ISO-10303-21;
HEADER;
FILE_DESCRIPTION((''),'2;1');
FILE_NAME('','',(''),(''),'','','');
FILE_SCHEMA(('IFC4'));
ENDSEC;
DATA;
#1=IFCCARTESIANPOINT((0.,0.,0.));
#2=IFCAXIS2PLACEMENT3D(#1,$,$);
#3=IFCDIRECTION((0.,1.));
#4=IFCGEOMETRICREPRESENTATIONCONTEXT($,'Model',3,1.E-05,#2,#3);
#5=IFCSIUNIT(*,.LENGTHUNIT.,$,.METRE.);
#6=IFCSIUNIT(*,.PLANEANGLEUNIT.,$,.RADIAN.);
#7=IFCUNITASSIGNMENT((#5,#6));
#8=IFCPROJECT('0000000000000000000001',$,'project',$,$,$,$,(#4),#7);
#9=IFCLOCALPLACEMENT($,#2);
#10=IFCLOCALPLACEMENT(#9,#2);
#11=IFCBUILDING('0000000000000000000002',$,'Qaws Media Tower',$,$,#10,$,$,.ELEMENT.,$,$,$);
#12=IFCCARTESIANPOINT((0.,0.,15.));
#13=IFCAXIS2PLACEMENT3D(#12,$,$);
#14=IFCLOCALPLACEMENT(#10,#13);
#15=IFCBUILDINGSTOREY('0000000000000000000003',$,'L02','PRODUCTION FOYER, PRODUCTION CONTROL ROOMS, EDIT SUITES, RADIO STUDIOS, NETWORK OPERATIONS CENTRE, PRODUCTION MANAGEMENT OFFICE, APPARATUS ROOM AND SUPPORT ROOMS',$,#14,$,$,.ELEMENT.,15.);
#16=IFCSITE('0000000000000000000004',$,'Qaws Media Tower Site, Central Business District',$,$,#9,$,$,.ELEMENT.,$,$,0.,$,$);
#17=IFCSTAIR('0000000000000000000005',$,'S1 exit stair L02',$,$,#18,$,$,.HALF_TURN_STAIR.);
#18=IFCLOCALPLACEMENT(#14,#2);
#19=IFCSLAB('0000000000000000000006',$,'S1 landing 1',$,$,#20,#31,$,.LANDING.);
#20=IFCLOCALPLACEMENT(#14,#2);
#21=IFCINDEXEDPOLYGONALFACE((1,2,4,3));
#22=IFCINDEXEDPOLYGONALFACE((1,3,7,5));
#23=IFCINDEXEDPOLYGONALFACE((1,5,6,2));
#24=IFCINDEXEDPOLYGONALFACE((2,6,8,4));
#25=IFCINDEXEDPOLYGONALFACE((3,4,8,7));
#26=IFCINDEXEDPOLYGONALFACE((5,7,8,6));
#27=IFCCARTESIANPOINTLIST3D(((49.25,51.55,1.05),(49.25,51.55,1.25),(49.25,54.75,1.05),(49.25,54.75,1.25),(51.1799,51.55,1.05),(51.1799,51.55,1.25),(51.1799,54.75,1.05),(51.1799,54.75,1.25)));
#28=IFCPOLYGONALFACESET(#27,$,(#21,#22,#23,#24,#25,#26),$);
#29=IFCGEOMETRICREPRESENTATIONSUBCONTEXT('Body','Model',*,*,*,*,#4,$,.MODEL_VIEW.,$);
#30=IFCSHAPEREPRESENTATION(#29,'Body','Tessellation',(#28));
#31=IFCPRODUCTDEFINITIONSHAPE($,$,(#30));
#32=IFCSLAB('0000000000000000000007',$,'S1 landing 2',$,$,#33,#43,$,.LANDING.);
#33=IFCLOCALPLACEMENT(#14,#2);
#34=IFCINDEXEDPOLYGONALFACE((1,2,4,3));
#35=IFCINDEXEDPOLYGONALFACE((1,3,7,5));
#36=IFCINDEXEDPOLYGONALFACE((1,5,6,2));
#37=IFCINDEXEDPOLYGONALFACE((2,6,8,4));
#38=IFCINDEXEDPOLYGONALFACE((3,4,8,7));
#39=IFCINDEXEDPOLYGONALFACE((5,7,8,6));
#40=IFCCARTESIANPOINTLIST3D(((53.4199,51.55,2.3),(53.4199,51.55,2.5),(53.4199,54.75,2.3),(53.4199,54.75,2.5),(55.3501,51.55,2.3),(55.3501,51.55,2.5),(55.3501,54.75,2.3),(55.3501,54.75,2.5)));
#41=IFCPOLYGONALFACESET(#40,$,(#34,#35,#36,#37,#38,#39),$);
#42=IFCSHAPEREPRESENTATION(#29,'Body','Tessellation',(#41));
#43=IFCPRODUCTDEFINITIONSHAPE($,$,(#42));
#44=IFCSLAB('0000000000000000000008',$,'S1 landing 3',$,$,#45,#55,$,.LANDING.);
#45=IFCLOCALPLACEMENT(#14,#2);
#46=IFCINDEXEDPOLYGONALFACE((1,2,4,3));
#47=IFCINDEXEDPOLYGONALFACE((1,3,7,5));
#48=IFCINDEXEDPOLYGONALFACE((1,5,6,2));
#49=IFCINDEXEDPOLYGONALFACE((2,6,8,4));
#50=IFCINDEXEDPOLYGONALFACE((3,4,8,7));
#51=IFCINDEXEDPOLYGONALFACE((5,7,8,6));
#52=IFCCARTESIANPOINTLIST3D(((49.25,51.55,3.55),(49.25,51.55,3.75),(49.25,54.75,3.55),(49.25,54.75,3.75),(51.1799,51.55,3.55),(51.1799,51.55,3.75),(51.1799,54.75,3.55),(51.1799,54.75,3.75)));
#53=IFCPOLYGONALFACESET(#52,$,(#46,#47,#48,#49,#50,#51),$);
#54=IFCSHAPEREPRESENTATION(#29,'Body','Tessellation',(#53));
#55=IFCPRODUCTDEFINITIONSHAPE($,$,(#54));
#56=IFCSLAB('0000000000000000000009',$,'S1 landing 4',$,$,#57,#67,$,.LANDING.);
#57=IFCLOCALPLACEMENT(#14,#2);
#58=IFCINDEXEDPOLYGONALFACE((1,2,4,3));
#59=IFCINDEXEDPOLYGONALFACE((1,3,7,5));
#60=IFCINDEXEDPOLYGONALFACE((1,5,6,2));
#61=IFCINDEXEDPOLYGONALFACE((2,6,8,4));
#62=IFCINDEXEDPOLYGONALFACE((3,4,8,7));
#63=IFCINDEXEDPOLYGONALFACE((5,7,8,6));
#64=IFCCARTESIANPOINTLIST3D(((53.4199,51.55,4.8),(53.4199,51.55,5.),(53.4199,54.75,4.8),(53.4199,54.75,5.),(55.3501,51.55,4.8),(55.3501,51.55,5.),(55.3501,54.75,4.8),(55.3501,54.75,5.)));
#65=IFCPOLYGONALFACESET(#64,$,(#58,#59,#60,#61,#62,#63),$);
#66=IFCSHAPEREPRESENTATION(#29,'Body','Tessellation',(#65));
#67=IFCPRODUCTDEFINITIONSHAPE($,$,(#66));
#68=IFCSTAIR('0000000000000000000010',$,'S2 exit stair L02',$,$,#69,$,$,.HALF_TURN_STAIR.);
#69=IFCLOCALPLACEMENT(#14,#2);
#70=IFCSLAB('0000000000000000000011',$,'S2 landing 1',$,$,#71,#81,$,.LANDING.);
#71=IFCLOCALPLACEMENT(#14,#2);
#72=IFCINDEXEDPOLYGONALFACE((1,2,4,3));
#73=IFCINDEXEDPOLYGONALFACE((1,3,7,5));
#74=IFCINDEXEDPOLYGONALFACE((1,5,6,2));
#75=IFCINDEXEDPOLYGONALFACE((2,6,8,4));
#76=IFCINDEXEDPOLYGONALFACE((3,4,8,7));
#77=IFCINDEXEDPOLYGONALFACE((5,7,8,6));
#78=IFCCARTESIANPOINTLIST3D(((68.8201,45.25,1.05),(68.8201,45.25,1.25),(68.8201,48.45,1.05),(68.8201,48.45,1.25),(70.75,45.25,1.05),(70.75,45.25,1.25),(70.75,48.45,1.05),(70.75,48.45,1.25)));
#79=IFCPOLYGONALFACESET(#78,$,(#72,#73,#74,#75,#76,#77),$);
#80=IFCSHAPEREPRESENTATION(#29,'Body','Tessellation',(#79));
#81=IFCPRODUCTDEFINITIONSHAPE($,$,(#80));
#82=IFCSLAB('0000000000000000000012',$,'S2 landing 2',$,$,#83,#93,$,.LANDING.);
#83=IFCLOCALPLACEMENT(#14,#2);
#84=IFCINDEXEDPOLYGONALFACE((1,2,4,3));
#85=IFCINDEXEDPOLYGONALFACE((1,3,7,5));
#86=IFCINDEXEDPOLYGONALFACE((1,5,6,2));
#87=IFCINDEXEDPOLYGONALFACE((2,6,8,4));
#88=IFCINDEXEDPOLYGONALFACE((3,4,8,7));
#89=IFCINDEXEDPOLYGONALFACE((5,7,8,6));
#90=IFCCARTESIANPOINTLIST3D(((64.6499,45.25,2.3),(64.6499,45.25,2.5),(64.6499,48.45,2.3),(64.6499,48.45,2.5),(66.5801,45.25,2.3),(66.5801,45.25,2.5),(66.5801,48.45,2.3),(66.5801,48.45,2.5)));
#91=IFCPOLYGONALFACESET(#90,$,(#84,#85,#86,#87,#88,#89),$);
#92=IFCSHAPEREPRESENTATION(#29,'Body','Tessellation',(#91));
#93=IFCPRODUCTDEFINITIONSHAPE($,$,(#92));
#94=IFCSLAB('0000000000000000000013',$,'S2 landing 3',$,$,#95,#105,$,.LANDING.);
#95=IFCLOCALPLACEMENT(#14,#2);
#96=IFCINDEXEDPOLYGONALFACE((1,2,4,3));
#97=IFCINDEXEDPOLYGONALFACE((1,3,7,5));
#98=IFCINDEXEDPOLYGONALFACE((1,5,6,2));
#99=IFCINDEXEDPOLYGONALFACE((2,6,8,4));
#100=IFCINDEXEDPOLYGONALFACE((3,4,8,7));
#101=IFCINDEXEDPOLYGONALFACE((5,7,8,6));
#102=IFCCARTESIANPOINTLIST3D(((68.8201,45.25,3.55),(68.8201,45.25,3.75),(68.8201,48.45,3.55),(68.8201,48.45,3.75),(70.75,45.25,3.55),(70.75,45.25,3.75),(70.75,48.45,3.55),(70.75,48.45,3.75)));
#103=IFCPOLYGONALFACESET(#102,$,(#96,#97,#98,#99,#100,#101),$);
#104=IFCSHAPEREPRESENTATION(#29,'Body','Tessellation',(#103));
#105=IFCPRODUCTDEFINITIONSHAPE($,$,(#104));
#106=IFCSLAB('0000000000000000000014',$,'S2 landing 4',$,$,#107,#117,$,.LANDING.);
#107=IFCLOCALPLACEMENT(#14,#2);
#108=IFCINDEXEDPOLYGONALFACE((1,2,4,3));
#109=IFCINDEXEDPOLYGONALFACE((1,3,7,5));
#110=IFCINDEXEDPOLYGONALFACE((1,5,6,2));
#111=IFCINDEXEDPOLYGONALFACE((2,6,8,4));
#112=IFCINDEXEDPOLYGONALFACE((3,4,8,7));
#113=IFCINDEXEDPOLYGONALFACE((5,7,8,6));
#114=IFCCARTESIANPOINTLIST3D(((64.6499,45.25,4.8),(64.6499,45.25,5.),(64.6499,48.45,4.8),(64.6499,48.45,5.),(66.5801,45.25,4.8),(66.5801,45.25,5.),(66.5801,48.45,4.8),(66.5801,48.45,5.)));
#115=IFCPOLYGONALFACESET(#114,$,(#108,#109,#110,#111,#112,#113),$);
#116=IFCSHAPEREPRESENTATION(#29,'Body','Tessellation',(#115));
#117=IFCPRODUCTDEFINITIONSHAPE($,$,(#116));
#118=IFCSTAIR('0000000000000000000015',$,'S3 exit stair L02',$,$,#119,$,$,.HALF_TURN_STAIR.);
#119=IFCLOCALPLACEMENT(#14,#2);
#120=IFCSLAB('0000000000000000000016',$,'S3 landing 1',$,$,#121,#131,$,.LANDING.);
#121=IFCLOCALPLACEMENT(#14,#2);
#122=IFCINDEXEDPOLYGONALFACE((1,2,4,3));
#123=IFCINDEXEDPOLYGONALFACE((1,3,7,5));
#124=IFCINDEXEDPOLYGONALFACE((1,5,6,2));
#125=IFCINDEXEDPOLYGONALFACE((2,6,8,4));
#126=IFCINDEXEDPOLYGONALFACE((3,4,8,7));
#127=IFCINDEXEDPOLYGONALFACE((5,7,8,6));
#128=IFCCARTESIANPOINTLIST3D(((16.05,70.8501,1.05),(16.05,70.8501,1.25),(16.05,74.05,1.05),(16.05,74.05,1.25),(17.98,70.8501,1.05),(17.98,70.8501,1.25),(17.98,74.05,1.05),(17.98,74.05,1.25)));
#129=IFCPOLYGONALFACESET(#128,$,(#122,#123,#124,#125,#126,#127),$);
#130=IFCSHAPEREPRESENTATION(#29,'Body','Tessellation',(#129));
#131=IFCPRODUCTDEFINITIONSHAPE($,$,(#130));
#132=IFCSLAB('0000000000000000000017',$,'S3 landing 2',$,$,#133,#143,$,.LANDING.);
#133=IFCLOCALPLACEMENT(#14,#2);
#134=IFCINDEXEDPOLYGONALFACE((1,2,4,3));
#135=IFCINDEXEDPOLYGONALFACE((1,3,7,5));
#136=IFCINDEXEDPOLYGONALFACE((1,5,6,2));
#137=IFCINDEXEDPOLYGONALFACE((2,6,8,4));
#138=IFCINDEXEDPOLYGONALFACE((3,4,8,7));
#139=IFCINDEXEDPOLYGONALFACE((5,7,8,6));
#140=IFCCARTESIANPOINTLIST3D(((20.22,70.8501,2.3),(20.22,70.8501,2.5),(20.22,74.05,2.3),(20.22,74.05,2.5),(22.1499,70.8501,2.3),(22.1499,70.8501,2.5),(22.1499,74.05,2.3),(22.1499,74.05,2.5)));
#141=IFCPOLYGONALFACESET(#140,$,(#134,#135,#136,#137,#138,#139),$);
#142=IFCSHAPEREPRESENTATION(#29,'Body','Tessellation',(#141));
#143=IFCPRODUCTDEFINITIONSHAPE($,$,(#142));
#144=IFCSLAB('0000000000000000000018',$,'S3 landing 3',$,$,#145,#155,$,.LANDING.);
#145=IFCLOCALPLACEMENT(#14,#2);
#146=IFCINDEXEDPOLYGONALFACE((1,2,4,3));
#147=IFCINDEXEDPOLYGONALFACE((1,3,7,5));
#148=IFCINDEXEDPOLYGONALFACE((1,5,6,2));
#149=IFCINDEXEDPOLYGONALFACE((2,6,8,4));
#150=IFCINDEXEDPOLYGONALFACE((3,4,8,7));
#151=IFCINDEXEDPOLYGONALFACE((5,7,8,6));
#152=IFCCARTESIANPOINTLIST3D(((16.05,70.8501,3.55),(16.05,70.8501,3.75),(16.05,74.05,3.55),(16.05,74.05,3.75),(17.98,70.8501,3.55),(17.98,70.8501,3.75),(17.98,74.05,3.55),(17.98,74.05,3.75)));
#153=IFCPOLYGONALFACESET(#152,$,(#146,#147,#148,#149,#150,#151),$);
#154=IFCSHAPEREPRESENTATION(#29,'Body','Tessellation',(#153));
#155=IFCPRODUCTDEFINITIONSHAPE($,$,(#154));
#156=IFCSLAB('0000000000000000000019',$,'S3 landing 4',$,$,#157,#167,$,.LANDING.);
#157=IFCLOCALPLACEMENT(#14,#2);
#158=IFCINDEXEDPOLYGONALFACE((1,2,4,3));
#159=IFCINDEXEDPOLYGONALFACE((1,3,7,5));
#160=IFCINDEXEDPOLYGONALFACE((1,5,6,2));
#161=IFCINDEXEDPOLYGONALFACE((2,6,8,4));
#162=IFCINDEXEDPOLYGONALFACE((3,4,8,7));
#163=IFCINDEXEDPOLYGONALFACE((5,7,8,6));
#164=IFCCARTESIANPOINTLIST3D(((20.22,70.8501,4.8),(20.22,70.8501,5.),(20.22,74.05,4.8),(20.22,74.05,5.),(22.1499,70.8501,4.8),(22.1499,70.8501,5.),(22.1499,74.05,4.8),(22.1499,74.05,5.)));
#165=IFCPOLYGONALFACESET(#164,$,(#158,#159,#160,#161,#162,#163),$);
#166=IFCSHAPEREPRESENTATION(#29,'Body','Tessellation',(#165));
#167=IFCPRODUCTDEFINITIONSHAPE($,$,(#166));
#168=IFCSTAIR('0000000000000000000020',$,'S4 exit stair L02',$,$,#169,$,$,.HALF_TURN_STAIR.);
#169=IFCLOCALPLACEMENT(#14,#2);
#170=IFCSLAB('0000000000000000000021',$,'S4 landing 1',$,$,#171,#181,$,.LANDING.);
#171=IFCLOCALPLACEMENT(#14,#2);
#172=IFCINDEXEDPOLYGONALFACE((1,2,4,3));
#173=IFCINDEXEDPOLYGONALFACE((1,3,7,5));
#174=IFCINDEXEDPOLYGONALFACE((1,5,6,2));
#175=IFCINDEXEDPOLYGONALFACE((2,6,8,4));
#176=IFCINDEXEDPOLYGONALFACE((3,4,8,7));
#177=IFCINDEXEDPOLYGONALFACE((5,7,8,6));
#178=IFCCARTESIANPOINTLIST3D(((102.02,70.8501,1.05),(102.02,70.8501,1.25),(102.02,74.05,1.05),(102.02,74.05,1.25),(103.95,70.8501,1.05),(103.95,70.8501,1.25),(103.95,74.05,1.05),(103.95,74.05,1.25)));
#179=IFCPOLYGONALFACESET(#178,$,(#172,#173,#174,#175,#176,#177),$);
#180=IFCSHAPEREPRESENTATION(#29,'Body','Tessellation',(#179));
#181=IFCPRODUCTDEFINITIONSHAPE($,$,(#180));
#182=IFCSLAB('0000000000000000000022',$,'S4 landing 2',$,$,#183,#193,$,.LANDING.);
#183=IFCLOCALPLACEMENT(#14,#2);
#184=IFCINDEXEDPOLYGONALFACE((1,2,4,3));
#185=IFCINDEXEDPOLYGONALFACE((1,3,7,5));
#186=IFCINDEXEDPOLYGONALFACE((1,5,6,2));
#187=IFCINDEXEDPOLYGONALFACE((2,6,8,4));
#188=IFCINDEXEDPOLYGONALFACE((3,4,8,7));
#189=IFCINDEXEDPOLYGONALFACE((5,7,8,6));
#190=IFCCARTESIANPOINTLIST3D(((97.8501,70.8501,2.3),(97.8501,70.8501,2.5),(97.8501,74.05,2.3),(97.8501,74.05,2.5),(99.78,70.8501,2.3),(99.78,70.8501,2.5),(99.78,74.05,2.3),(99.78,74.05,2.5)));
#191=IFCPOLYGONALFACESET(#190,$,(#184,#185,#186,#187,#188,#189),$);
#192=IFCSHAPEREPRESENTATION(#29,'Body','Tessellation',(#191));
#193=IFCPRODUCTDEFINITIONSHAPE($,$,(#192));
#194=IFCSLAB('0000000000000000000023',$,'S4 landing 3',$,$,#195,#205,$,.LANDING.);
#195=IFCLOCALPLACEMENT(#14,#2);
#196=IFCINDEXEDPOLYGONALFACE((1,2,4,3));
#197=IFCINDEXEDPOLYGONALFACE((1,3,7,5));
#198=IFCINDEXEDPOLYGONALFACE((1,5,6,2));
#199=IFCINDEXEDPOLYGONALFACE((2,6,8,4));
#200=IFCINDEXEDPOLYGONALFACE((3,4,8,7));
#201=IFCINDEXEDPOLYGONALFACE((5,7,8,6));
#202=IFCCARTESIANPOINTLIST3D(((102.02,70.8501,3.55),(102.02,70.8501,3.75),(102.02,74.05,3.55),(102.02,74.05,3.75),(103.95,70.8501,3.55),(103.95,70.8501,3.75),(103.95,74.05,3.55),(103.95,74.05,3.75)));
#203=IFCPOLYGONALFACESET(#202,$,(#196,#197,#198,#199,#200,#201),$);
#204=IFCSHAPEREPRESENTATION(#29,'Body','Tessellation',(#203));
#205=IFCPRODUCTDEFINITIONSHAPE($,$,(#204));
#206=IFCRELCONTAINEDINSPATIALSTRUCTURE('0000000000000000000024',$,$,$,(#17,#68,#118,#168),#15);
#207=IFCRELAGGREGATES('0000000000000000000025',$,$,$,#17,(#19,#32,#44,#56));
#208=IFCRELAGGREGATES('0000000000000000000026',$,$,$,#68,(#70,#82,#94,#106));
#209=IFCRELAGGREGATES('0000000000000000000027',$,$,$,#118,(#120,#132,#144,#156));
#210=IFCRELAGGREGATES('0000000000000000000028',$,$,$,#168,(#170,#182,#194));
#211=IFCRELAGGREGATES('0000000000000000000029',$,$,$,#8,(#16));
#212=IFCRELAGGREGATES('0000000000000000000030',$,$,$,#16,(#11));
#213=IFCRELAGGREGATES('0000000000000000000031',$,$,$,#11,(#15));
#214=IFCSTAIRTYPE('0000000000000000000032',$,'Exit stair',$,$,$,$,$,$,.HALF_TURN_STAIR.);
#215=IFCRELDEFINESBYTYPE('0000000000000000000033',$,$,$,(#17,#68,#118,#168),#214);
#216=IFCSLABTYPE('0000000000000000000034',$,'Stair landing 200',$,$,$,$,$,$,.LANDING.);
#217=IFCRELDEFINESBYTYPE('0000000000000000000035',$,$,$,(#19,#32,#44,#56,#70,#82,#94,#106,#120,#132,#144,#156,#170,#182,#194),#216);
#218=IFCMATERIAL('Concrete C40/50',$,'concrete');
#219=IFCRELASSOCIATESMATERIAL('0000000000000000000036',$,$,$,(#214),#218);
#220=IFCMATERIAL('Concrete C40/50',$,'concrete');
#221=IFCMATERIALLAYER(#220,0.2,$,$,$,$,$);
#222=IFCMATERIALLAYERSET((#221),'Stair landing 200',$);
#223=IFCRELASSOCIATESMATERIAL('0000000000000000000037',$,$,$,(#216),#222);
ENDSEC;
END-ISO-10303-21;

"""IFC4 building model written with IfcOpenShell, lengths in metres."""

from ifc_helpers import new_model, si_unit, direction, frame, origin, place, context, subcontext, project, spatial, polyline, outline, extrude, material, layer, layer_set, type_object, element, aggregate, save


model = new_model("IFC4")

# Units and contexts
model_context = context("Model", 3, precision=1e-05, world=origin(), true_north=direction((0.0, 1.0)))
body_context = subcontext(model_context, "Body", "Model", "MODEL_VIEW")
ifc_project = project(units=[si_unit("LENGTHUNIT", "METRE"), si_unit("PLANEANGLEUNIT", "RADIAN")], contexts=[model_context])

# Site, building, storey
site_placement = place(None, origin())
site = spatial("IfcSite", under=ifc_project, at=site_placement, Name="Qaws Media Tower Site, Central Business District", CompositionType="ELEMENT", RefElevation=0.0)
building_placement = place(site_placement, origin())
building = spatial("IfcBuilding", under=site, at=building_placement, Name="Qaws Media Tower", CompositionType="ELEMENT")
storey_placement = place(building_placement, frame((0.0, 0.0, 15.0)))
storey = spatial("IfcBuildingStorey", under=building, at=storey_placement, Name="L02", Description="PRODUCTION FOYER, PRODUCTION CONTROL ROOMS, EDIT SUITES, RADIO STUDIOS, NETWORK OPERATIONS CENTRE, PRODUCTION MANAGEMENT OFFICE, APPARATUS ROOM AND SUPPORT ROOMS", CompositionType="ELEMENT", Elevation=15.0)

# Stairs, slabs
ifc_material_1 = material(Name="Concrete C40/50", Category="concrete")
stair_type = type_object("IfcStairType", Name="Exit stair", PredefinedType="HALF_TURN_STAIR", material=ifc_material_1)
stair_1_placement = place(storey_placement, origin())
stair_1 = element("IfcStair", 1, at=stair_1_placement, inside=storey, type_object=stair_type, Name="S1 exit stair L02", PredefinedType="HALF_TURN_STAIR")
ifc_material_2 = material(Name="Concrete C40/50", Category="concrete")
ifc_layer_1 = layer(ifc_material_2, 0.2)
ifc_layer_set_1 = layer_set([ifc_layer_1], Name="Stair landing 200")
slab_type = type_object("IfcSlabType", Name="Stair landing 200", PredefinedType="LANDING", material=ifc_layer_set_1)
slab_1_placement = place(storey_placement, frame((0.0, 0.0, 1.05)))
slab_1 = element("IfcSlab", 2, at=slab_1_placement, type_object=slab_type, Name="S1 landing 1", PredefinedType="LANDING", context=body_context, shape_type="SweptSolid", body=[
    extrude(outline(polyline([(49.25, 51.55), (51.1799, 51.55), (51.1799, 54.75), (49.25, 54.75), (49.25, 51.55)])), origin(), (0.0, 0.0, 1.0), 0.2),
])
slab_2_placement = place(storey_placement, frame((0.0, 0.0, 2.3)))
slab_2 = element("IfcSlab", 3, at=slab_2_placement, type_object=slab_type, Name="S1 landing 2", PredefinedType="LANDING", context=body_context, shape_type="SweptSolid", body=[
    extrude(outline(polyline([(53.4199, 51.55), (55.3501, 51.55), (55.3501, 54.75), (53.4199, 54.75), (53.4199, 51.55)])), origin(), (0.0, 0.0, 1.0), 0.2),
])
slab_3_placement = place(storey_placement, frame((0.0, 0.0, 3.55)))
slab_3 = element("IfcSlab", 4, at=slab_3_placement, type_object=slab_type, Name="S1 landing 3", PredefinedType="LANDING", context=body_context, shape_type="SweptSolid", body=[
    extrude(outline(polyline([(49.25, 51.55), (51.1799, 51.55), (51.1799, 54.75), (49.25, 54.75), (49.25, 51.55)])), origin(), (0.0, 0.0, 1.0), 0.2),
])
slab_4_placement = place(storey_placement, frame((0.0, 0.0, 4.8)))
slab_4 = element("IfcSlab", 5, at=slab_4_placement, type_object=slab_type, Name="S1 landing 4", PredefinedType="LANDING", context=body_context, shape_type="SweptSolid", body=[
    extrude(outline(polyline([(53.4199, 51.55), (55.3501, 51.55), (55.3501, 54.75), (53.4199, 54.75), (53.4199, 51.55)])), origin(), (0.0, 0.0, 1.0), 0.2),
])
aggregate(stair_1, [slab_1, slab_2, slab_3, slab_4])
stair_2_placement = place(storey_placement, origin())
stair_2 = element("IfcStair", 6, at=stair_2_placement, inside=storey, type_object=stair_type, Name="S2 exit stair L02", PredefinedType="HALF_TURN_STAIR")
slab_5_placement = place(storey_placement, frame((0.0, 0.0, 1.05)))
slab_5 = element("IfcSlab", 7, at=slab_5_placement, type_object=slab_type, Name="S2 landing 1", PredefinedType="LANDING", context=body_context, shape_type="SweptSolid", body=[
    extrude(outline(polyline([(68.8201, 45.25), (70.75, 45.25), (70.75, 48.45), (68.8201, 48.45), (68.8201, 45.25)])), origin(), (0.0, 0.0, 1.0), 0.2),
])
slab_6_placement = place(storey_placement, frame((0.0, 0.0, 2.3)))
slab_6 = element("IfcSlab", 8, at=slab_6_placement, type_object=slab_type, Name="S2 landing 2", PredefinedType="LANDING", context=body_context, shape_type="SweptSolid", body=[
    extrude(outline(polyline([(64.6499, 45.25), (66.5801, 45.25), (66.5801, 48.45), (64.6499, 48.45), (64.6499, 45.25)])), origin(), (0.0, 0.0, 1.0), 0.2),
])
slab_7_placement = place(storey_placement, frame((0.0, 0.0, 3.55)))
slab_7 = element("IfcSlab", 9, at=slab_7_placement, type_object=slab_type, Name="S2 landing 3", PredefinedType="LANDING", context=body_context, shape_type="SweptSolid", body=[
    extrude(outline(polyline([(68.8201, 45.25), (70.75, 45.25), (70.75, 48.45), (68.8201, 48.45), (68.8201, 45.25)])), origin(), (0.0, 0.0, 1.0), 0.2),
])
slab_8_placement = place(storey_placement, frame((0.0, 0.0, 4.8)))
slab_8 = element("IfcSlab", 10, at=slab_8_placement, type_object=slab_type, Name="S2 landing 4", PredefinedType="LANDING", context=body_context, shape_type="SweptSolid", body=[
    extrude(outline(polyline([(64.6499, 45.25), (66.5801, 45.25), (66.5801, 48.45), (64.6499, 48.45), (64.6499, 45.25)])), origin(), (0.0, 0.0, 1.0), 0.2),
])
aggregate(stair_2, [slab_5, slab_6, slab_7, slab_8])
stair_3_placement = place(storey_placement, origin())
stair_3 = element("IfcStair", 11, at=stair_3_placement, inside=storey, type_object=stair_type, Name="S3 exit stair L02", PredefinedType="HALF_TURN_STAIR")
slab_9_placement = place(storey_placement, frame((0.0, 0.0, 1.05)))
slab_9 = element("IfcSlab", 12, at=slab_9_placement, type_object=slab_type, Name="S3 landing 1", PredefinedType="LANDING", context=body_context, shape_type="SweptSolid", body=[
    extrude(outline(polyline([(16.05, 70.8501), (17.98, 70.8501), (17.98, 74.05), (16.05, 74.05), (16.05, 70.8501)])), origin(), (0.0, 0.0, 1.0), 0.2),
])
slab_10_placement = place(storey_placement, frame((0.0, 0.0, 2.3)))
slab_10 = element("IfcSlab", 13, at=slab_10_placement, type_object=slab_type, Name="S3 landing 2", PredefinedType="LANDING", context=body_context, shape_type="SweptSolid", body=[
    extrude(outline(polyline([(20.22, 70.8501), (22.1499, 70.8501), (22.1499, 74.05), (20.22, 74.05), (20.22, 70.8501)])), origin(), (0.0, 0.0, 1.0), 0.2),
])
slab_11_placement = place(storey_placement, frame((0.0, 0.0, 3.55)))
slab_11 = element("IfcSlab", 14, at=slab_11_placement, type_object=slab_type, Name="S3 landing 3", PredefinedType="LANDING", context=body_context, shape_type="SweptSolid", body=[
    extrude(outline(polyline([(16.05, 70.8501), (17.98, 70.8501), (17.98, 74.05), (16.05, 74.05), (16.05, 70.8501)])), origin(), (0.0, 0.0, 1.0), 0.2),
])
slab_12_placement = place(storey_placement, frame((0.0, 0.0, 4.8)))
slab_12 = element("IfcSlab", 15, at=slab_12_placement, type_object=slab_type, Name="S3 landing 4", PredefinedType="LANDING", context=body_context, shape_type="SweptSolid", body=[
    extrude(outline(polyline([(20.22, 70.8501), (22.1499, 70.8501), (22.1499, 74.05), (20.22, 74.05), (20.22, 70.8501)])), origin(), (0.0, 0.0, 1.0), 0.2),
])
aggregate(stair_3, [slab_9, slab_10, slab_11, slab_12])
stair_4_placement = place(storey_placement, origin())
stair_4 = element("IfcStair", 16, at=stair_4_placement, inside=storey, type_object=stair_type, Name="S4 exit stair L02", PredefinedType="HALF_TURN_STAIR")
slab_13_placement = place(storey_placement, frame((0.0, 0.0, 1.05)))
slab_13 = element("IfcSlab", 17, at=slab_13_placement, type_object=slab_type, Name="S4 landing 1", PredefinedType="LANDING", context=body_context, shape_type="SweptSolid", body=[
    extrude(outline(polyline([(102.02, 70.8501), (103.95, 70.8501), (103.95, 74.05), (102.02, 74.05), (102.02, 70.8501)])), origin(), (0.0, 0.0, 1.0), 0.2),
])
slab_14_placement = place(storey_placement, frame((0.0, 0.0, 2.3)))
slab_14 = element("IfcSlab", 18, at=slab_14_placement, type_object=slab_type, Name="S4 landing 2", PredefinedType="LANDING", context=body_context, shape_type="SweptSolid", body=[
    extrude(outline(polyline([(97.8501, 70.8501), (99.78, 70.8501), (99.78, 74.05), (97.8501, 74.05), (97.8501, 70.8501)])), origin(), (0.0, 0.0, 1.0), 0.2),
])
slab_15_placement = place(storey_placement, frame((0.0, 0.0, 3.55)))
slab_15 = element("IfcSlab", 19, at=slab_15_placement, type_object=slab_type, Name="S4 landing 3", PredefinedType="LANDING", context=body_context, shape_type="SweptSolid", body=[
    extrude(outline(polyline([(102.02, 70.8501), (103.95, 70.8501), (103.95, 74.05), (102.02, 74.05), (102.02, 70.8501)])), origin(), (0.0, 0.0, 1.0), 0.2),
])
aggregate(stair_4, [slab_13, slab_14, slab_15])

save(model, "model.ifc")
